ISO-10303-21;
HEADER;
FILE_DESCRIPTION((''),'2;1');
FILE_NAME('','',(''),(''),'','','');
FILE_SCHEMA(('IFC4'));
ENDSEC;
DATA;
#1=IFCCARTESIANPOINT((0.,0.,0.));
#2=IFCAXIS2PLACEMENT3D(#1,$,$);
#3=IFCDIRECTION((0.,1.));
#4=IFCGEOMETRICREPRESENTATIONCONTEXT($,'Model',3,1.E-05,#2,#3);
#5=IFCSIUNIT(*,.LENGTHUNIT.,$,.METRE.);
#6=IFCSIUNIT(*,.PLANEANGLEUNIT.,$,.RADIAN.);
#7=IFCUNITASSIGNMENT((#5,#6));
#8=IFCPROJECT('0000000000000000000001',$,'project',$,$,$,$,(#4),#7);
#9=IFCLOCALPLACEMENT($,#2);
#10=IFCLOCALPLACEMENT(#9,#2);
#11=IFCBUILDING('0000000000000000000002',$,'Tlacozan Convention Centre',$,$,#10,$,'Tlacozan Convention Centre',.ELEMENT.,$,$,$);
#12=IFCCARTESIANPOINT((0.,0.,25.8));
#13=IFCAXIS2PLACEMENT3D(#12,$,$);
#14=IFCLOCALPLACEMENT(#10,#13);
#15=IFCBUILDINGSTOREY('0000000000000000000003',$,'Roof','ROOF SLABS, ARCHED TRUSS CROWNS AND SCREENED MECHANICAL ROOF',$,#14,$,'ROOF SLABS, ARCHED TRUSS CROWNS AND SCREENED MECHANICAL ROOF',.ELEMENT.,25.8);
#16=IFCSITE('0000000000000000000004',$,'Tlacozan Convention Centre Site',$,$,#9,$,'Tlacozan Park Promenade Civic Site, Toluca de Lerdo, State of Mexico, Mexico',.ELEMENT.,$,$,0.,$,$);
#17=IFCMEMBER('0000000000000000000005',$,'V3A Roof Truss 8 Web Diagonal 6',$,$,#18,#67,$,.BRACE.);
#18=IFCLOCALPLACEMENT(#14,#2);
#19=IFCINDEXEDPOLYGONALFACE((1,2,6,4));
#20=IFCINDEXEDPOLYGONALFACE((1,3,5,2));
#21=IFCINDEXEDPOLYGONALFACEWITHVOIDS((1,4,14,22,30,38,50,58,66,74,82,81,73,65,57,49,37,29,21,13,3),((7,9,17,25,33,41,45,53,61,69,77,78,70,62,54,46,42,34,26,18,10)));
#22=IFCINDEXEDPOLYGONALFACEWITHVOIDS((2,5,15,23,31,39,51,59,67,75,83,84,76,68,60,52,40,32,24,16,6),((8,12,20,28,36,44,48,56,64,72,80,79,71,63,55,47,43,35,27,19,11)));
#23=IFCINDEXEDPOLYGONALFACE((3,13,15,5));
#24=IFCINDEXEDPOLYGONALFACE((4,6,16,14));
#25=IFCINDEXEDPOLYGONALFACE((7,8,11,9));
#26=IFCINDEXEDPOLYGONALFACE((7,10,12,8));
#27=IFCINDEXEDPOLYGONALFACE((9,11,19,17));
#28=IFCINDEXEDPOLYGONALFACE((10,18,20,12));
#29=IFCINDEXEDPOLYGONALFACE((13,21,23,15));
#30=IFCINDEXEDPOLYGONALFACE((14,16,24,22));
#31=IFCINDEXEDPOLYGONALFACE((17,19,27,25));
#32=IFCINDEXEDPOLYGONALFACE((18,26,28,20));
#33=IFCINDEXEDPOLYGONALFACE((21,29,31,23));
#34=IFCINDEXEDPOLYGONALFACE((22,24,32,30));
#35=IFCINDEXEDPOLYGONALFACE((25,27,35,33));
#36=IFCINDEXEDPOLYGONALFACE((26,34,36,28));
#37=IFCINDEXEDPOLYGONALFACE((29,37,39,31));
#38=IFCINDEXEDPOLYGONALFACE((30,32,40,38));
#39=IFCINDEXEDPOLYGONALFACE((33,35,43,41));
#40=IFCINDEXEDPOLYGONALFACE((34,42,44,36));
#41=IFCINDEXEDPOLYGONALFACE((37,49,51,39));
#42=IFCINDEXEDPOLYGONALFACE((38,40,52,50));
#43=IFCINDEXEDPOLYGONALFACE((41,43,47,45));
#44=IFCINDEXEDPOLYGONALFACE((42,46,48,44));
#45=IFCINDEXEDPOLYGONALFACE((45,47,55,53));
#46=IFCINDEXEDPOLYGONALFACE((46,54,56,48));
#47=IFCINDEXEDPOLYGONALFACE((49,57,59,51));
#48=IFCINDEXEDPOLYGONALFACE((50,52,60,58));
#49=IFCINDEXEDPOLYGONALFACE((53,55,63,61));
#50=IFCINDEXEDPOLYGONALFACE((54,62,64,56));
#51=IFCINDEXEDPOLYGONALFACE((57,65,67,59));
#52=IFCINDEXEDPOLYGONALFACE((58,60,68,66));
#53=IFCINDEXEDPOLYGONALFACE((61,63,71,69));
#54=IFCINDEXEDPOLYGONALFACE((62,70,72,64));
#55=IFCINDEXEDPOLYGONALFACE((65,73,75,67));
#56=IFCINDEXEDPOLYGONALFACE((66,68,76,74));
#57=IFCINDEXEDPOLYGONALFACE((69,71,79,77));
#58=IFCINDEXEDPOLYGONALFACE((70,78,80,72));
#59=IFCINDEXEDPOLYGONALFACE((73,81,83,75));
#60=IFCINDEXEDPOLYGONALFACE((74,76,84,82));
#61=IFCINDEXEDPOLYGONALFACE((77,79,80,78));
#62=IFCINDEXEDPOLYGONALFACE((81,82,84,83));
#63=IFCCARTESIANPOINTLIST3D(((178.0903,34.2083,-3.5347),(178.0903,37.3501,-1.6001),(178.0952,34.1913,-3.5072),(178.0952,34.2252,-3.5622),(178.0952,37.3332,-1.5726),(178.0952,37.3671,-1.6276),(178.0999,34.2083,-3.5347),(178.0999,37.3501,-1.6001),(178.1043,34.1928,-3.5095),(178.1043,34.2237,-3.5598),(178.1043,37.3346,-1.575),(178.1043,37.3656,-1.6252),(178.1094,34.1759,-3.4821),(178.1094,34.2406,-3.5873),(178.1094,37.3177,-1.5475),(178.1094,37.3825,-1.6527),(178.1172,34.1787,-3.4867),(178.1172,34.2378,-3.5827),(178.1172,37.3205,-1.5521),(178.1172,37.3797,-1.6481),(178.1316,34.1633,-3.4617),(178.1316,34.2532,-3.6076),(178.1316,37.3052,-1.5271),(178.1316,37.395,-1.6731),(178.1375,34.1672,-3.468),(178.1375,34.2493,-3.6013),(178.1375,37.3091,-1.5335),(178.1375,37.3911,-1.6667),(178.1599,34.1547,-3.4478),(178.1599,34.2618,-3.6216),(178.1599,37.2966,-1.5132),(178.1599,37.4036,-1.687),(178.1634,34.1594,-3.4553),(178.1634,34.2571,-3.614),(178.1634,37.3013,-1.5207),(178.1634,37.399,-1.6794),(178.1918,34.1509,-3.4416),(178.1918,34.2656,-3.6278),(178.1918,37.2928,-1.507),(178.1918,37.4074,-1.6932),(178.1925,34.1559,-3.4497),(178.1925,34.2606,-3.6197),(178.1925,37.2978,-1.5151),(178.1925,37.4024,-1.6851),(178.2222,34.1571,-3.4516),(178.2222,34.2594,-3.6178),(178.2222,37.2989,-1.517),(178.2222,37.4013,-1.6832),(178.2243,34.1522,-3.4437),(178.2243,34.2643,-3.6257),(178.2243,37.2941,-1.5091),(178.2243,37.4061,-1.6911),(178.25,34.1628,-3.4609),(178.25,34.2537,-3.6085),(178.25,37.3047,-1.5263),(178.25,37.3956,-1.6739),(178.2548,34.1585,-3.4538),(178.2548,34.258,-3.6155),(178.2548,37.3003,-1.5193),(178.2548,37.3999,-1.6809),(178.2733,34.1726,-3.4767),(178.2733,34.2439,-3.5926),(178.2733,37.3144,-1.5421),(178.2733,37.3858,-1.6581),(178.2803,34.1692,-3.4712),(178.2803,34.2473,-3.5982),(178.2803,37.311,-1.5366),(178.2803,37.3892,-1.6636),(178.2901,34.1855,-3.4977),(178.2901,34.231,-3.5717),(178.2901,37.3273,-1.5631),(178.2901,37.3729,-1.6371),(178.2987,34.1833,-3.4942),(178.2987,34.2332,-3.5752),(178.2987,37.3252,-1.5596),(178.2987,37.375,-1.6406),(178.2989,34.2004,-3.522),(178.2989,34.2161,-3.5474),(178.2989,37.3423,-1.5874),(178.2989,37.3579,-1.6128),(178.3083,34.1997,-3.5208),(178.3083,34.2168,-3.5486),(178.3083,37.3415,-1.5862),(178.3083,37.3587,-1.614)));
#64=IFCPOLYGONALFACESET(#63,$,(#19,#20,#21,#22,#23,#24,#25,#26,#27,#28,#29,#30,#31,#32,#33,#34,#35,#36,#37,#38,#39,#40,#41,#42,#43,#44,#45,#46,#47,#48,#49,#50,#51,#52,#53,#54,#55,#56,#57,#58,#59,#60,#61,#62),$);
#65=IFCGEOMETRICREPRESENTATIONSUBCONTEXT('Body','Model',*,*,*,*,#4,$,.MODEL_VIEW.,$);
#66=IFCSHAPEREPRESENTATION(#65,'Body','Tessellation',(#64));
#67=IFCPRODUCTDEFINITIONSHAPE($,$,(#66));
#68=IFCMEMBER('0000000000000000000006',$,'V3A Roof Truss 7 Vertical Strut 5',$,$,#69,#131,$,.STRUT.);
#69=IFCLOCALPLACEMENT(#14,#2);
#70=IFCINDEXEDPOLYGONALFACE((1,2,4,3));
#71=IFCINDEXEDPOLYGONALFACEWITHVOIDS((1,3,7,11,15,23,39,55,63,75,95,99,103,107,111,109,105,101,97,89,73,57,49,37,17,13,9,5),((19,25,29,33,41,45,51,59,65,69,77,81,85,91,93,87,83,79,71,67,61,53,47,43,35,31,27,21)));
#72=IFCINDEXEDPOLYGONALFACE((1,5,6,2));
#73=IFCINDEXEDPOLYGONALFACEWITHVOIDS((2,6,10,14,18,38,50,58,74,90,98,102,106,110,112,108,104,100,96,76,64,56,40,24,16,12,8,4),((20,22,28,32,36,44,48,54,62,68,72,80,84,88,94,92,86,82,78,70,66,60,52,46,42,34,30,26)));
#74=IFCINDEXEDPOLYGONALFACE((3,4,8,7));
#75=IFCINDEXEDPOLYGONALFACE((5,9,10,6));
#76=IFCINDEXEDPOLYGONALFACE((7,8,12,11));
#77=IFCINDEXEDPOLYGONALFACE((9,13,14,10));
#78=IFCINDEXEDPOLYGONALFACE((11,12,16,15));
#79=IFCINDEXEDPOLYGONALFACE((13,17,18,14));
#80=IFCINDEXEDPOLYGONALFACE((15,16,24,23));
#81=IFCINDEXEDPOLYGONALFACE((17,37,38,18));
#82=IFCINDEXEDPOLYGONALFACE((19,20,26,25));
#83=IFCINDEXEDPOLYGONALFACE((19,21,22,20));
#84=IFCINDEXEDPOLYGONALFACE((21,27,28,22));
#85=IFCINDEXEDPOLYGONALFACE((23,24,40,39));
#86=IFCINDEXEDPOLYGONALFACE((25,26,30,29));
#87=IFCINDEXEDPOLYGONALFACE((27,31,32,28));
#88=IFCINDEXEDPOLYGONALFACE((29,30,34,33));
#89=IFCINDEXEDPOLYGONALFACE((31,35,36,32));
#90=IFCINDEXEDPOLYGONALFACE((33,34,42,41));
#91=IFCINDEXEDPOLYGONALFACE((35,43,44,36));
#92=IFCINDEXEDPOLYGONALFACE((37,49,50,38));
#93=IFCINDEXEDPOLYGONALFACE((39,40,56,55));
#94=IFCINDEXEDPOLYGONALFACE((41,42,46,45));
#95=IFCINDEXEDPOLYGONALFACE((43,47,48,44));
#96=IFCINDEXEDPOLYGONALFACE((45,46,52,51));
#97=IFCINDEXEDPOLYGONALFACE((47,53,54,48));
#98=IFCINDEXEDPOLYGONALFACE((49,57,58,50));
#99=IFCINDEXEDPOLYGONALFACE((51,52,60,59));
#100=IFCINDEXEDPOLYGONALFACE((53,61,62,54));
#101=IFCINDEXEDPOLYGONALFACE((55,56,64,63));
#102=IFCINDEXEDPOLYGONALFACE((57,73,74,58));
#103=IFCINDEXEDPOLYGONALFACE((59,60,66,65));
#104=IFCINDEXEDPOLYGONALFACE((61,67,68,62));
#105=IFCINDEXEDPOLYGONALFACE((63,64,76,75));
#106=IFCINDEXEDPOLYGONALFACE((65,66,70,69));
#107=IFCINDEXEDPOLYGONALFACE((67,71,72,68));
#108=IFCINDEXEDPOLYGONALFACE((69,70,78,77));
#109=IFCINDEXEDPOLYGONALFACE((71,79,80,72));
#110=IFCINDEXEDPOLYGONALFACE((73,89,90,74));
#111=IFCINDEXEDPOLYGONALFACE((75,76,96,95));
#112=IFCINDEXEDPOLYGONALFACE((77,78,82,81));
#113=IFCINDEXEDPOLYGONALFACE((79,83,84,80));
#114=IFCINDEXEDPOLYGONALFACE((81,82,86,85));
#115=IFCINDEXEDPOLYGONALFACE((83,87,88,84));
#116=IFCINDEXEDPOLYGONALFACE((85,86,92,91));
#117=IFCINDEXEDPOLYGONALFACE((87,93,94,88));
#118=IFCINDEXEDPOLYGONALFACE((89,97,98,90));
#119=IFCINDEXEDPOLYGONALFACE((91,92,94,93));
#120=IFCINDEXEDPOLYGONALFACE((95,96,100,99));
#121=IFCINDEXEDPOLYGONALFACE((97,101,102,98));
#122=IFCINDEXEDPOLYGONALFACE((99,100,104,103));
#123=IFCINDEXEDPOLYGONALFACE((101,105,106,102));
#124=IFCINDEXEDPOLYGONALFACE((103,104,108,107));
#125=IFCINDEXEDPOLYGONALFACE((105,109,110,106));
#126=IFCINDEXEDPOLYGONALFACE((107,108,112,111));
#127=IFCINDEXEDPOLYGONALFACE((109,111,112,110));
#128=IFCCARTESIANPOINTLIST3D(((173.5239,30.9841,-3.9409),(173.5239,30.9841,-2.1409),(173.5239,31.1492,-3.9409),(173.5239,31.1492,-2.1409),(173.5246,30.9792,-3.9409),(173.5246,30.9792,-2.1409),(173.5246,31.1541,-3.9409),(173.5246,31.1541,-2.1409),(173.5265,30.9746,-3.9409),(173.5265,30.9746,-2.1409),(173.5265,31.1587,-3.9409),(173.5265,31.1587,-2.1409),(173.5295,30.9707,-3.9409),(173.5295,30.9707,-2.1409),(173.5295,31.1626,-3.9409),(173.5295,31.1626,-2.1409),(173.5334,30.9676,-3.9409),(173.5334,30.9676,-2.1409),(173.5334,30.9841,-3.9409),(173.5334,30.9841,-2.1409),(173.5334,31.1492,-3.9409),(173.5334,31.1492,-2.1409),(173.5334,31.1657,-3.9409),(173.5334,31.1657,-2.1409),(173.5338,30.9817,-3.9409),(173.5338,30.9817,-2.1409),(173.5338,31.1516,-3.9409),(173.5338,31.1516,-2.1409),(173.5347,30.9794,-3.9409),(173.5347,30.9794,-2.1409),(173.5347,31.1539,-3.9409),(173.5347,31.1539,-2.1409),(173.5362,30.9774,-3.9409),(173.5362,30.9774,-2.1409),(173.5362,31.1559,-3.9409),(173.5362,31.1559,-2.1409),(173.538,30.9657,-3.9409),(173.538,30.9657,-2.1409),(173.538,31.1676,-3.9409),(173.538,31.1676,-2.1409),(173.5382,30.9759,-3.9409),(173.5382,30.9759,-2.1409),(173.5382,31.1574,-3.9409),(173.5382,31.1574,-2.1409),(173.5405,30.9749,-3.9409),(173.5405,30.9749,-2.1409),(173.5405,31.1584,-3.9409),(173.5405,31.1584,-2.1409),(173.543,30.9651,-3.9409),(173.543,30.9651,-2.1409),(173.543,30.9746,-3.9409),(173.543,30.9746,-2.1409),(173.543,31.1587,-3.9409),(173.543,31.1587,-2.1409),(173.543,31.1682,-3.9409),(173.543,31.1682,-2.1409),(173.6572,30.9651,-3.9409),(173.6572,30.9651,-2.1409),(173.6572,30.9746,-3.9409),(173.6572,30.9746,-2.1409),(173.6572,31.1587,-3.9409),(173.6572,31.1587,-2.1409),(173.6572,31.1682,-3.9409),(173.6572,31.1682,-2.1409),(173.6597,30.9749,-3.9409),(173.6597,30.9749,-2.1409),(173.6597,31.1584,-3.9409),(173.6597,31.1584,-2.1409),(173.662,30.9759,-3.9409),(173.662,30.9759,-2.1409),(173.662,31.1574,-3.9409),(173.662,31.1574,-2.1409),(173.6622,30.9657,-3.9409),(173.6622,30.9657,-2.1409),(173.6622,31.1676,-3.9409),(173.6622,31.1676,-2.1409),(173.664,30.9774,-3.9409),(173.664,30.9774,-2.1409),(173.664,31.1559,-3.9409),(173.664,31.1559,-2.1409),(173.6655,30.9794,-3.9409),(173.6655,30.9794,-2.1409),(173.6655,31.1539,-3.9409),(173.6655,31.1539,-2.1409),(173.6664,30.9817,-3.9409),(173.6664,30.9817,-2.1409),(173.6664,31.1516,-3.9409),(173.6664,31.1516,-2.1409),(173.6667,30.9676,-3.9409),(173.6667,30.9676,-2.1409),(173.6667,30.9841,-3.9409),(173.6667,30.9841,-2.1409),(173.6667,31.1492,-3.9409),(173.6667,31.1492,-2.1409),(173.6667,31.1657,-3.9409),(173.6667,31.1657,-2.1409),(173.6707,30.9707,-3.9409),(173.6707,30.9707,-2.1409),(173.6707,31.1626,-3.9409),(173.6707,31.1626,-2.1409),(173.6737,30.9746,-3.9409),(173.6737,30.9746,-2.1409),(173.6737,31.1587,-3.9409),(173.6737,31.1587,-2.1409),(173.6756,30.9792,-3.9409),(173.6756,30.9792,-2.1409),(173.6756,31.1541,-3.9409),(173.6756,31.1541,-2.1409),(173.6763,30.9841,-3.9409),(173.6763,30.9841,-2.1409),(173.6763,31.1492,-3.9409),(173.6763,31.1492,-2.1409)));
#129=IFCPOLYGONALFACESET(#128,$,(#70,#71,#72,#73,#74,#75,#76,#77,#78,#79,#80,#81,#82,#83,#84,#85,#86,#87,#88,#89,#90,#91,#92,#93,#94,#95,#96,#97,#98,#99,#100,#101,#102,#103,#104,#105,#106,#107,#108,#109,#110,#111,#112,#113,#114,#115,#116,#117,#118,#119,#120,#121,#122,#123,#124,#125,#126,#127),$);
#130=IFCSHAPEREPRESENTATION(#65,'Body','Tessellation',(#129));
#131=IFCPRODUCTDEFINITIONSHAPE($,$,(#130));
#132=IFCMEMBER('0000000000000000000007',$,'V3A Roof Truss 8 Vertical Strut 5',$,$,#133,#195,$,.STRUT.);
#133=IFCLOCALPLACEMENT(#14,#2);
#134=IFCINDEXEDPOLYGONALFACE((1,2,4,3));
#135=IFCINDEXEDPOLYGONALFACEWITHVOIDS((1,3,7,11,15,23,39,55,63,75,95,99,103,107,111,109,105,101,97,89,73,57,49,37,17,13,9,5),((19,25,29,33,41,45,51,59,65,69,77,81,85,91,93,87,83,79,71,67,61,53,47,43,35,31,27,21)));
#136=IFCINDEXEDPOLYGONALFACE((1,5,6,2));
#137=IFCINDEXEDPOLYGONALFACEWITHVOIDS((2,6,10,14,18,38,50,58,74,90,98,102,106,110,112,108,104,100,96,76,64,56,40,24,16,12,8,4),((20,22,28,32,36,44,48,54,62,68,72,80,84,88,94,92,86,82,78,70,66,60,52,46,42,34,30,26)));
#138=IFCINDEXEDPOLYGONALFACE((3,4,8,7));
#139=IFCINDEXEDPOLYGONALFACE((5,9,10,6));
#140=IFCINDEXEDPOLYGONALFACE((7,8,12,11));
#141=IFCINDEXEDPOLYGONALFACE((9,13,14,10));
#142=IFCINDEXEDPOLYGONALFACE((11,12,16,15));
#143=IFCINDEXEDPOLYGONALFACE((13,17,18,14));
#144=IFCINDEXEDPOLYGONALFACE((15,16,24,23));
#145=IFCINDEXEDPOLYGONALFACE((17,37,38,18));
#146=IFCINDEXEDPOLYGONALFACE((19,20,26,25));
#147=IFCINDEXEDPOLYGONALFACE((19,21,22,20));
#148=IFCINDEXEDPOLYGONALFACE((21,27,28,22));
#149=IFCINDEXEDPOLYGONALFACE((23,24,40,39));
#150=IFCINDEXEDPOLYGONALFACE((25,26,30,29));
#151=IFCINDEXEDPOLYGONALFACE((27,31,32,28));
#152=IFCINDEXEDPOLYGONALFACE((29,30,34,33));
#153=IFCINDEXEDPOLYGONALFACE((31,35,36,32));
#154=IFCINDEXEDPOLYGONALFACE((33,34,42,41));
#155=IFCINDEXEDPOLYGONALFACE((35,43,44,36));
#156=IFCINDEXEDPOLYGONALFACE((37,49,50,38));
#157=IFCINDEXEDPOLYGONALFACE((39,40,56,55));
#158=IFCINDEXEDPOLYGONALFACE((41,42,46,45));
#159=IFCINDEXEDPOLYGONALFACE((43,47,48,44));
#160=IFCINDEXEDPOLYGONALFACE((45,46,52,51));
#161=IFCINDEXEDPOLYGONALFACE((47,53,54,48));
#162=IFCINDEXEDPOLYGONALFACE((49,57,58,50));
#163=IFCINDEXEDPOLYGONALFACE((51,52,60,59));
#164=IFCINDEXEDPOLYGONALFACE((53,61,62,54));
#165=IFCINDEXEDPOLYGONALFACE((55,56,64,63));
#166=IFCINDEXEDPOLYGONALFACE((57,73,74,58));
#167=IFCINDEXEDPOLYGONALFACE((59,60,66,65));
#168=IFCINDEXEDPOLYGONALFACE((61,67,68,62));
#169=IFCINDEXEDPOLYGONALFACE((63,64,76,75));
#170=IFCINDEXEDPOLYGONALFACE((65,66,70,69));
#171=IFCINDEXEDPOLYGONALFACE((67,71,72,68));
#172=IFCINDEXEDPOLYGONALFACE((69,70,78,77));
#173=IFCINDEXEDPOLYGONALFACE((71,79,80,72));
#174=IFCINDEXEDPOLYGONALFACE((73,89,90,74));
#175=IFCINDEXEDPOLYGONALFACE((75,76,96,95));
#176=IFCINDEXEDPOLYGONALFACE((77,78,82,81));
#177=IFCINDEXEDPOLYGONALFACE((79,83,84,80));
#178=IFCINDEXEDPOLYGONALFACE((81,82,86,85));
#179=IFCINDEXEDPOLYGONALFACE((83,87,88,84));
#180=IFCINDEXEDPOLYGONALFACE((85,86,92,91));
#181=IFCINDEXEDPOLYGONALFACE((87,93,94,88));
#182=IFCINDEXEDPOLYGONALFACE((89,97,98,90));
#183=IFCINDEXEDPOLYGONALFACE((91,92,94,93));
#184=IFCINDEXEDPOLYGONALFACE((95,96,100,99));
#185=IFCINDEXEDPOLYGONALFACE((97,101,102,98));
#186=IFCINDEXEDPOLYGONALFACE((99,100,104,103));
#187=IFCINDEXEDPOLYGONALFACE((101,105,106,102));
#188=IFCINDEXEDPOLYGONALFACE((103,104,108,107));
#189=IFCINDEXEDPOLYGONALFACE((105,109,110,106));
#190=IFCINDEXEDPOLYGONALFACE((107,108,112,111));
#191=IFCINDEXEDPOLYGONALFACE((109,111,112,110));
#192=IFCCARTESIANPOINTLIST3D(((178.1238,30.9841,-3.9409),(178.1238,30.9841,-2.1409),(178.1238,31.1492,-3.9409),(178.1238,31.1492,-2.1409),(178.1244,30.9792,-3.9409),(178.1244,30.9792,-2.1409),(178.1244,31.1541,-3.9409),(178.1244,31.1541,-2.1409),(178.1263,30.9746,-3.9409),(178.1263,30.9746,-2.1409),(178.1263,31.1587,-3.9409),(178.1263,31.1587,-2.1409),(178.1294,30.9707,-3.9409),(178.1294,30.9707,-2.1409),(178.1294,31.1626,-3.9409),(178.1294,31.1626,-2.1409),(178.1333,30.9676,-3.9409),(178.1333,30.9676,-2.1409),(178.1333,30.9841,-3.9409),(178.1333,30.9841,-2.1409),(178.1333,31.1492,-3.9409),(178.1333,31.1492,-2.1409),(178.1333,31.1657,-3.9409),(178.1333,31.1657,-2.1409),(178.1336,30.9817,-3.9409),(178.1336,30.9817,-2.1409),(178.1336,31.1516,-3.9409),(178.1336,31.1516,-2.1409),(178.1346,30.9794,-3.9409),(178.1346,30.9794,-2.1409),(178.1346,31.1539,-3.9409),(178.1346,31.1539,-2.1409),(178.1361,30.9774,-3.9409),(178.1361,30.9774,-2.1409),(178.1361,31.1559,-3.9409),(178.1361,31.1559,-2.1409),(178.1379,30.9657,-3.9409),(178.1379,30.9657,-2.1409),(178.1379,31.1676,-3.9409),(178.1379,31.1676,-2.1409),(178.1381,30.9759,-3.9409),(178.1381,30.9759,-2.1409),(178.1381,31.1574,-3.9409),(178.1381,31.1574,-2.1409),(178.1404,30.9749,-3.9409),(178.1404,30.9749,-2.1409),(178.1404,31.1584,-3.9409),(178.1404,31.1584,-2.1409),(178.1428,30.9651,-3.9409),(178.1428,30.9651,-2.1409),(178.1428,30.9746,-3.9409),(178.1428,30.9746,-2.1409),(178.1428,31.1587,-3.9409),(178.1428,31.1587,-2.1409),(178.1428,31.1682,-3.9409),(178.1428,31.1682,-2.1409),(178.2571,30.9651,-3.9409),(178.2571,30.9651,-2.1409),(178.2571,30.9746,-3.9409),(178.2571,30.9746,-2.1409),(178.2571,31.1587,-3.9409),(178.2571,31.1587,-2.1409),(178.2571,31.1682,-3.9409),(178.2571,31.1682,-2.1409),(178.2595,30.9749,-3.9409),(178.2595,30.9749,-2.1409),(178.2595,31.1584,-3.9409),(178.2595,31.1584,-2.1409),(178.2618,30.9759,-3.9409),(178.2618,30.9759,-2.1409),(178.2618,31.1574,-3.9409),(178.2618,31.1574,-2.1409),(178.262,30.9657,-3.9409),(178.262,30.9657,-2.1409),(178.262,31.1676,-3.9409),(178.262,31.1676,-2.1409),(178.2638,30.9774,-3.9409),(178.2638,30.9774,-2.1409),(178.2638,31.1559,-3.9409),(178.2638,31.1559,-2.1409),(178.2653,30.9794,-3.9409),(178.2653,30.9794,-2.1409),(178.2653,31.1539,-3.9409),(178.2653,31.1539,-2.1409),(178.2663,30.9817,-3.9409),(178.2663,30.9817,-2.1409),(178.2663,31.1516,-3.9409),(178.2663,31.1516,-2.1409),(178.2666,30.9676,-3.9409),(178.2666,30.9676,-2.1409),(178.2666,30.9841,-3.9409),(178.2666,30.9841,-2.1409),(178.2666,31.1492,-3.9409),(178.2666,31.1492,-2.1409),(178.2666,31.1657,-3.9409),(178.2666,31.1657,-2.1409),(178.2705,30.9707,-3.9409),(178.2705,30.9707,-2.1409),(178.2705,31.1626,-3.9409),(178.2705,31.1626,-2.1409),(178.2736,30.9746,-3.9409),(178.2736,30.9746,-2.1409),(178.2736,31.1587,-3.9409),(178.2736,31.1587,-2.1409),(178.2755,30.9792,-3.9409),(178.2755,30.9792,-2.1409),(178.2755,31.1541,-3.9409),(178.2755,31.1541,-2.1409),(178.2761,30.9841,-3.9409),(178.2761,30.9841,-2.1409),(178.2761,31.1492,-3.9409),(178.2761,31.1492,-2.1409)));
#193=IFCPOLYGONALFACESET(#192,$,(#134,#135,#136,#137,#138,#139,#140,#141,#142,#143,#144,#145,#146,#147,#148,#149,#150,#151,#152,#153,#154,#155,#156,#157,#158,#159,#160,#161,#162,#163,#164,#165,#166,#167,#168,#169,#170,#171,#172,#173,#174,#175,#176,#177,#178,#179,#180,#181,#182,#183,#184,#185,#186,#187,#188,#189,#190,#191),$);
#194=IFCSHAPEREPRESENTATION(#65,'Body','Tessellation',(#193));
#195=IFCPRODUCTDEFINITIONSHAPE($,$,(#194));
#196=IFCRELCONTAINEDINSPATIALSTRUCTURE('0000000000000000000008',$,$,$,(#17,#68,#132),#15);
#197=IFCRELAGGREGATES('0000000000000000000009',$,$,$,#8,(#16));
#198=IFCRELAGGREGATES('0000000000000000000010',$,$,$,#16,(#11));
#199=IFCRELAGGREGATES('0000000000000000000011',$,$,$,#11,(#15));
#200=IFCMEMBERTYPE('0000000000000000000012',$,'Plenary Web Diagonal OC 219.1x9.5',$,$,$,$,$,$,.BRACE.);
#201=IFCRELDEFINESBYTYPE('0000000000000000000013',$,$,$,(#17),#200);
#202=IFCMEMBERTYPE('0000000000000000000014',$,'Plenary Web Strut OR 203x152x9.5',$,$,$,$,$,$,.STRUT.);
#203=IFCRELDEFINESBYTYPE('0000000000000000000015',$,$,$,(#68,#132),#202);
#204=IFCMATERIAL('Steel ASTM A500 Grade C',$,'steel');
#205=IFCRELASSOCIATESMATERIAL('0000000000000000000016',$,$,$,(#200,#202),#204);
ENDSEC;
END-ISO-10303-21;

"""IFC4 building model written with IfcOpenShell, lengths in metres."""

from ifc_helpers import new_model, si_unit, direction, frame, origin, origin_2d, place, context, subcontext, project, spatial, hollow_rectangle, hollow_circle, extrude, material, material_profile, profile_set, type_object, element, save


model = new_model("IFC4")

# Units and contexts
model_context = context("Model", 3, precision=1e-05, world=origin(), true_north=direction((0.0, 1.0)))
body_context = subcontext(model_context, "Body", "Model", "MODEL_VIEW")
ifc_project = project(units=[si_unit("LENGTHUNIT", "METRE"), si_unit("PLANEANGLEUNIT", "RADIAN")], contexts=[model_context])

# Site, building, storey
site_placement = place(None, origin())
site = spatial("IfcSite", under=ifc_project, at=site_placement, Name="Tlacozan Convention Centre Site", LongName="Tlacozan Park Promenade Civic Site, Toluca de Lerdo, State of Mexico, Mexico", CompositionType="ELEMENT", RefElevation=0.0)
building_placement = place(site_placement, origin())
building = spatial("IfcBuilding", under=site, at=building_placement, Name="Tlacozan Convention Centre", LongName="Tlacozan Convention Centre", CompositionType="ELEMENT")
storey_placement = place(building_placement, frame((0.0, 0.0, 25.8)))
storey = spatial("IfcBuildingStorey", under=building, at=storey_placement, Name="Roof", Description="ROOF SLABS, ARCHED TRUSS CROWNS AND SCREENED MECHANICAL ROOF", LongName="ROOF SLABS, ARCHED TRUSS CROWNS AND SCREENED MECHANICAL ROOF", CompositionType="ELEMENT", Elevation=25.8)

# Members
ifc_material_1 = material(Name="Steel ASTM A500 Grade C", Category="steel")
ifc_material_profile_1 = material_profile(ifc_material_1, hollow_circle(Radius=0.1096, WallThickness=0.0095, at=origin_2d()), Name="OC 219.1x9.5")
ifc_profile_set_1 = profile_set([ifc_material_profile_1], Name="Steel ASTM A500 Grade C")
member_type_1 = type_object("IfcMemberType", Name="Plenary Web Diagonal OC 219.1x9.5", PredefinedType="BRACE", material=ifc_profile_set_1)
member_1_placement = place(storey_placement, frame((178.2, 34.2083, -3.5347), z_axis=(0.0, 0.851522, 0.524319), x_axis=(-1.0, 0.0, 0.0)))
element("IfcMember", 1, at=member_1_placement, inside=storey, type_object=member_type_1, Name="V3A Roof Truss 8 Web Diagonal 6", PredefinedType="BRACE", context=body_context, shape_type="SweptSolid", body=[
    extrude(hollow_circle(Radius=0.1096, WallThickness=0.0095, at=origin_2d()), origin(), (0.0, 0.0, 1.0), 3.6897),
])
ifc_material_profile_2 = material_profile(ifc_material_1, hollow_rectangle(XDim=0.1523, YDim=0.2031, WallThickness=0.0095, InnerFilletRadius=0.0095, OuterFilletRadius=0.019, at=origin_2d()), Name="OR 203x152x9.5")
ifc_profile_set_2 = profile_set([ifc_material_profile_2], Name="Steel ASTM A500 Grade C")
member_type_2 = type_object("IfcMemberType", Name="Plenary Web Strut OR 203x152x9.5", PredefinedType="STRUT", material=ifc_profile_set_2)
for number, where, z_axis, x_axis, name in (
    (2, (173.6001, 31.0667, -3.9409), (0.0, 0.0, 1.0), (1.0, 0.0, 0.0), "V3A Roof Truss 7 Vertical Strut 5"),
    (3, (178.2, 31.0667, -3.9409), (0.0, 0.0, 1.0), (1.0, 0.0, 0.0), "V3A Roof Truss 8 Vertical Strut 5"),
):
    element("IfcMember", number, at=place(storey_placement, frame(where, z_axis=z_axis, x_axis=x_axis)), inside=storey, type_object=member_type_2, Name=name, PredefinedType="STRUT", context=body_context, shape_type="SweptSolid", body=[
        extrude(hollow_rectangle(XDim=0.1523, YDim=0.2031, WallThickness=0.0095, InnerFilletRadius=0.0095, OuterFilletRadius=0.019, at=origin_2d()), origin(), (0.0, 0.0, 1.0), 1.8),
    ])

save(model, "model.ifc")
